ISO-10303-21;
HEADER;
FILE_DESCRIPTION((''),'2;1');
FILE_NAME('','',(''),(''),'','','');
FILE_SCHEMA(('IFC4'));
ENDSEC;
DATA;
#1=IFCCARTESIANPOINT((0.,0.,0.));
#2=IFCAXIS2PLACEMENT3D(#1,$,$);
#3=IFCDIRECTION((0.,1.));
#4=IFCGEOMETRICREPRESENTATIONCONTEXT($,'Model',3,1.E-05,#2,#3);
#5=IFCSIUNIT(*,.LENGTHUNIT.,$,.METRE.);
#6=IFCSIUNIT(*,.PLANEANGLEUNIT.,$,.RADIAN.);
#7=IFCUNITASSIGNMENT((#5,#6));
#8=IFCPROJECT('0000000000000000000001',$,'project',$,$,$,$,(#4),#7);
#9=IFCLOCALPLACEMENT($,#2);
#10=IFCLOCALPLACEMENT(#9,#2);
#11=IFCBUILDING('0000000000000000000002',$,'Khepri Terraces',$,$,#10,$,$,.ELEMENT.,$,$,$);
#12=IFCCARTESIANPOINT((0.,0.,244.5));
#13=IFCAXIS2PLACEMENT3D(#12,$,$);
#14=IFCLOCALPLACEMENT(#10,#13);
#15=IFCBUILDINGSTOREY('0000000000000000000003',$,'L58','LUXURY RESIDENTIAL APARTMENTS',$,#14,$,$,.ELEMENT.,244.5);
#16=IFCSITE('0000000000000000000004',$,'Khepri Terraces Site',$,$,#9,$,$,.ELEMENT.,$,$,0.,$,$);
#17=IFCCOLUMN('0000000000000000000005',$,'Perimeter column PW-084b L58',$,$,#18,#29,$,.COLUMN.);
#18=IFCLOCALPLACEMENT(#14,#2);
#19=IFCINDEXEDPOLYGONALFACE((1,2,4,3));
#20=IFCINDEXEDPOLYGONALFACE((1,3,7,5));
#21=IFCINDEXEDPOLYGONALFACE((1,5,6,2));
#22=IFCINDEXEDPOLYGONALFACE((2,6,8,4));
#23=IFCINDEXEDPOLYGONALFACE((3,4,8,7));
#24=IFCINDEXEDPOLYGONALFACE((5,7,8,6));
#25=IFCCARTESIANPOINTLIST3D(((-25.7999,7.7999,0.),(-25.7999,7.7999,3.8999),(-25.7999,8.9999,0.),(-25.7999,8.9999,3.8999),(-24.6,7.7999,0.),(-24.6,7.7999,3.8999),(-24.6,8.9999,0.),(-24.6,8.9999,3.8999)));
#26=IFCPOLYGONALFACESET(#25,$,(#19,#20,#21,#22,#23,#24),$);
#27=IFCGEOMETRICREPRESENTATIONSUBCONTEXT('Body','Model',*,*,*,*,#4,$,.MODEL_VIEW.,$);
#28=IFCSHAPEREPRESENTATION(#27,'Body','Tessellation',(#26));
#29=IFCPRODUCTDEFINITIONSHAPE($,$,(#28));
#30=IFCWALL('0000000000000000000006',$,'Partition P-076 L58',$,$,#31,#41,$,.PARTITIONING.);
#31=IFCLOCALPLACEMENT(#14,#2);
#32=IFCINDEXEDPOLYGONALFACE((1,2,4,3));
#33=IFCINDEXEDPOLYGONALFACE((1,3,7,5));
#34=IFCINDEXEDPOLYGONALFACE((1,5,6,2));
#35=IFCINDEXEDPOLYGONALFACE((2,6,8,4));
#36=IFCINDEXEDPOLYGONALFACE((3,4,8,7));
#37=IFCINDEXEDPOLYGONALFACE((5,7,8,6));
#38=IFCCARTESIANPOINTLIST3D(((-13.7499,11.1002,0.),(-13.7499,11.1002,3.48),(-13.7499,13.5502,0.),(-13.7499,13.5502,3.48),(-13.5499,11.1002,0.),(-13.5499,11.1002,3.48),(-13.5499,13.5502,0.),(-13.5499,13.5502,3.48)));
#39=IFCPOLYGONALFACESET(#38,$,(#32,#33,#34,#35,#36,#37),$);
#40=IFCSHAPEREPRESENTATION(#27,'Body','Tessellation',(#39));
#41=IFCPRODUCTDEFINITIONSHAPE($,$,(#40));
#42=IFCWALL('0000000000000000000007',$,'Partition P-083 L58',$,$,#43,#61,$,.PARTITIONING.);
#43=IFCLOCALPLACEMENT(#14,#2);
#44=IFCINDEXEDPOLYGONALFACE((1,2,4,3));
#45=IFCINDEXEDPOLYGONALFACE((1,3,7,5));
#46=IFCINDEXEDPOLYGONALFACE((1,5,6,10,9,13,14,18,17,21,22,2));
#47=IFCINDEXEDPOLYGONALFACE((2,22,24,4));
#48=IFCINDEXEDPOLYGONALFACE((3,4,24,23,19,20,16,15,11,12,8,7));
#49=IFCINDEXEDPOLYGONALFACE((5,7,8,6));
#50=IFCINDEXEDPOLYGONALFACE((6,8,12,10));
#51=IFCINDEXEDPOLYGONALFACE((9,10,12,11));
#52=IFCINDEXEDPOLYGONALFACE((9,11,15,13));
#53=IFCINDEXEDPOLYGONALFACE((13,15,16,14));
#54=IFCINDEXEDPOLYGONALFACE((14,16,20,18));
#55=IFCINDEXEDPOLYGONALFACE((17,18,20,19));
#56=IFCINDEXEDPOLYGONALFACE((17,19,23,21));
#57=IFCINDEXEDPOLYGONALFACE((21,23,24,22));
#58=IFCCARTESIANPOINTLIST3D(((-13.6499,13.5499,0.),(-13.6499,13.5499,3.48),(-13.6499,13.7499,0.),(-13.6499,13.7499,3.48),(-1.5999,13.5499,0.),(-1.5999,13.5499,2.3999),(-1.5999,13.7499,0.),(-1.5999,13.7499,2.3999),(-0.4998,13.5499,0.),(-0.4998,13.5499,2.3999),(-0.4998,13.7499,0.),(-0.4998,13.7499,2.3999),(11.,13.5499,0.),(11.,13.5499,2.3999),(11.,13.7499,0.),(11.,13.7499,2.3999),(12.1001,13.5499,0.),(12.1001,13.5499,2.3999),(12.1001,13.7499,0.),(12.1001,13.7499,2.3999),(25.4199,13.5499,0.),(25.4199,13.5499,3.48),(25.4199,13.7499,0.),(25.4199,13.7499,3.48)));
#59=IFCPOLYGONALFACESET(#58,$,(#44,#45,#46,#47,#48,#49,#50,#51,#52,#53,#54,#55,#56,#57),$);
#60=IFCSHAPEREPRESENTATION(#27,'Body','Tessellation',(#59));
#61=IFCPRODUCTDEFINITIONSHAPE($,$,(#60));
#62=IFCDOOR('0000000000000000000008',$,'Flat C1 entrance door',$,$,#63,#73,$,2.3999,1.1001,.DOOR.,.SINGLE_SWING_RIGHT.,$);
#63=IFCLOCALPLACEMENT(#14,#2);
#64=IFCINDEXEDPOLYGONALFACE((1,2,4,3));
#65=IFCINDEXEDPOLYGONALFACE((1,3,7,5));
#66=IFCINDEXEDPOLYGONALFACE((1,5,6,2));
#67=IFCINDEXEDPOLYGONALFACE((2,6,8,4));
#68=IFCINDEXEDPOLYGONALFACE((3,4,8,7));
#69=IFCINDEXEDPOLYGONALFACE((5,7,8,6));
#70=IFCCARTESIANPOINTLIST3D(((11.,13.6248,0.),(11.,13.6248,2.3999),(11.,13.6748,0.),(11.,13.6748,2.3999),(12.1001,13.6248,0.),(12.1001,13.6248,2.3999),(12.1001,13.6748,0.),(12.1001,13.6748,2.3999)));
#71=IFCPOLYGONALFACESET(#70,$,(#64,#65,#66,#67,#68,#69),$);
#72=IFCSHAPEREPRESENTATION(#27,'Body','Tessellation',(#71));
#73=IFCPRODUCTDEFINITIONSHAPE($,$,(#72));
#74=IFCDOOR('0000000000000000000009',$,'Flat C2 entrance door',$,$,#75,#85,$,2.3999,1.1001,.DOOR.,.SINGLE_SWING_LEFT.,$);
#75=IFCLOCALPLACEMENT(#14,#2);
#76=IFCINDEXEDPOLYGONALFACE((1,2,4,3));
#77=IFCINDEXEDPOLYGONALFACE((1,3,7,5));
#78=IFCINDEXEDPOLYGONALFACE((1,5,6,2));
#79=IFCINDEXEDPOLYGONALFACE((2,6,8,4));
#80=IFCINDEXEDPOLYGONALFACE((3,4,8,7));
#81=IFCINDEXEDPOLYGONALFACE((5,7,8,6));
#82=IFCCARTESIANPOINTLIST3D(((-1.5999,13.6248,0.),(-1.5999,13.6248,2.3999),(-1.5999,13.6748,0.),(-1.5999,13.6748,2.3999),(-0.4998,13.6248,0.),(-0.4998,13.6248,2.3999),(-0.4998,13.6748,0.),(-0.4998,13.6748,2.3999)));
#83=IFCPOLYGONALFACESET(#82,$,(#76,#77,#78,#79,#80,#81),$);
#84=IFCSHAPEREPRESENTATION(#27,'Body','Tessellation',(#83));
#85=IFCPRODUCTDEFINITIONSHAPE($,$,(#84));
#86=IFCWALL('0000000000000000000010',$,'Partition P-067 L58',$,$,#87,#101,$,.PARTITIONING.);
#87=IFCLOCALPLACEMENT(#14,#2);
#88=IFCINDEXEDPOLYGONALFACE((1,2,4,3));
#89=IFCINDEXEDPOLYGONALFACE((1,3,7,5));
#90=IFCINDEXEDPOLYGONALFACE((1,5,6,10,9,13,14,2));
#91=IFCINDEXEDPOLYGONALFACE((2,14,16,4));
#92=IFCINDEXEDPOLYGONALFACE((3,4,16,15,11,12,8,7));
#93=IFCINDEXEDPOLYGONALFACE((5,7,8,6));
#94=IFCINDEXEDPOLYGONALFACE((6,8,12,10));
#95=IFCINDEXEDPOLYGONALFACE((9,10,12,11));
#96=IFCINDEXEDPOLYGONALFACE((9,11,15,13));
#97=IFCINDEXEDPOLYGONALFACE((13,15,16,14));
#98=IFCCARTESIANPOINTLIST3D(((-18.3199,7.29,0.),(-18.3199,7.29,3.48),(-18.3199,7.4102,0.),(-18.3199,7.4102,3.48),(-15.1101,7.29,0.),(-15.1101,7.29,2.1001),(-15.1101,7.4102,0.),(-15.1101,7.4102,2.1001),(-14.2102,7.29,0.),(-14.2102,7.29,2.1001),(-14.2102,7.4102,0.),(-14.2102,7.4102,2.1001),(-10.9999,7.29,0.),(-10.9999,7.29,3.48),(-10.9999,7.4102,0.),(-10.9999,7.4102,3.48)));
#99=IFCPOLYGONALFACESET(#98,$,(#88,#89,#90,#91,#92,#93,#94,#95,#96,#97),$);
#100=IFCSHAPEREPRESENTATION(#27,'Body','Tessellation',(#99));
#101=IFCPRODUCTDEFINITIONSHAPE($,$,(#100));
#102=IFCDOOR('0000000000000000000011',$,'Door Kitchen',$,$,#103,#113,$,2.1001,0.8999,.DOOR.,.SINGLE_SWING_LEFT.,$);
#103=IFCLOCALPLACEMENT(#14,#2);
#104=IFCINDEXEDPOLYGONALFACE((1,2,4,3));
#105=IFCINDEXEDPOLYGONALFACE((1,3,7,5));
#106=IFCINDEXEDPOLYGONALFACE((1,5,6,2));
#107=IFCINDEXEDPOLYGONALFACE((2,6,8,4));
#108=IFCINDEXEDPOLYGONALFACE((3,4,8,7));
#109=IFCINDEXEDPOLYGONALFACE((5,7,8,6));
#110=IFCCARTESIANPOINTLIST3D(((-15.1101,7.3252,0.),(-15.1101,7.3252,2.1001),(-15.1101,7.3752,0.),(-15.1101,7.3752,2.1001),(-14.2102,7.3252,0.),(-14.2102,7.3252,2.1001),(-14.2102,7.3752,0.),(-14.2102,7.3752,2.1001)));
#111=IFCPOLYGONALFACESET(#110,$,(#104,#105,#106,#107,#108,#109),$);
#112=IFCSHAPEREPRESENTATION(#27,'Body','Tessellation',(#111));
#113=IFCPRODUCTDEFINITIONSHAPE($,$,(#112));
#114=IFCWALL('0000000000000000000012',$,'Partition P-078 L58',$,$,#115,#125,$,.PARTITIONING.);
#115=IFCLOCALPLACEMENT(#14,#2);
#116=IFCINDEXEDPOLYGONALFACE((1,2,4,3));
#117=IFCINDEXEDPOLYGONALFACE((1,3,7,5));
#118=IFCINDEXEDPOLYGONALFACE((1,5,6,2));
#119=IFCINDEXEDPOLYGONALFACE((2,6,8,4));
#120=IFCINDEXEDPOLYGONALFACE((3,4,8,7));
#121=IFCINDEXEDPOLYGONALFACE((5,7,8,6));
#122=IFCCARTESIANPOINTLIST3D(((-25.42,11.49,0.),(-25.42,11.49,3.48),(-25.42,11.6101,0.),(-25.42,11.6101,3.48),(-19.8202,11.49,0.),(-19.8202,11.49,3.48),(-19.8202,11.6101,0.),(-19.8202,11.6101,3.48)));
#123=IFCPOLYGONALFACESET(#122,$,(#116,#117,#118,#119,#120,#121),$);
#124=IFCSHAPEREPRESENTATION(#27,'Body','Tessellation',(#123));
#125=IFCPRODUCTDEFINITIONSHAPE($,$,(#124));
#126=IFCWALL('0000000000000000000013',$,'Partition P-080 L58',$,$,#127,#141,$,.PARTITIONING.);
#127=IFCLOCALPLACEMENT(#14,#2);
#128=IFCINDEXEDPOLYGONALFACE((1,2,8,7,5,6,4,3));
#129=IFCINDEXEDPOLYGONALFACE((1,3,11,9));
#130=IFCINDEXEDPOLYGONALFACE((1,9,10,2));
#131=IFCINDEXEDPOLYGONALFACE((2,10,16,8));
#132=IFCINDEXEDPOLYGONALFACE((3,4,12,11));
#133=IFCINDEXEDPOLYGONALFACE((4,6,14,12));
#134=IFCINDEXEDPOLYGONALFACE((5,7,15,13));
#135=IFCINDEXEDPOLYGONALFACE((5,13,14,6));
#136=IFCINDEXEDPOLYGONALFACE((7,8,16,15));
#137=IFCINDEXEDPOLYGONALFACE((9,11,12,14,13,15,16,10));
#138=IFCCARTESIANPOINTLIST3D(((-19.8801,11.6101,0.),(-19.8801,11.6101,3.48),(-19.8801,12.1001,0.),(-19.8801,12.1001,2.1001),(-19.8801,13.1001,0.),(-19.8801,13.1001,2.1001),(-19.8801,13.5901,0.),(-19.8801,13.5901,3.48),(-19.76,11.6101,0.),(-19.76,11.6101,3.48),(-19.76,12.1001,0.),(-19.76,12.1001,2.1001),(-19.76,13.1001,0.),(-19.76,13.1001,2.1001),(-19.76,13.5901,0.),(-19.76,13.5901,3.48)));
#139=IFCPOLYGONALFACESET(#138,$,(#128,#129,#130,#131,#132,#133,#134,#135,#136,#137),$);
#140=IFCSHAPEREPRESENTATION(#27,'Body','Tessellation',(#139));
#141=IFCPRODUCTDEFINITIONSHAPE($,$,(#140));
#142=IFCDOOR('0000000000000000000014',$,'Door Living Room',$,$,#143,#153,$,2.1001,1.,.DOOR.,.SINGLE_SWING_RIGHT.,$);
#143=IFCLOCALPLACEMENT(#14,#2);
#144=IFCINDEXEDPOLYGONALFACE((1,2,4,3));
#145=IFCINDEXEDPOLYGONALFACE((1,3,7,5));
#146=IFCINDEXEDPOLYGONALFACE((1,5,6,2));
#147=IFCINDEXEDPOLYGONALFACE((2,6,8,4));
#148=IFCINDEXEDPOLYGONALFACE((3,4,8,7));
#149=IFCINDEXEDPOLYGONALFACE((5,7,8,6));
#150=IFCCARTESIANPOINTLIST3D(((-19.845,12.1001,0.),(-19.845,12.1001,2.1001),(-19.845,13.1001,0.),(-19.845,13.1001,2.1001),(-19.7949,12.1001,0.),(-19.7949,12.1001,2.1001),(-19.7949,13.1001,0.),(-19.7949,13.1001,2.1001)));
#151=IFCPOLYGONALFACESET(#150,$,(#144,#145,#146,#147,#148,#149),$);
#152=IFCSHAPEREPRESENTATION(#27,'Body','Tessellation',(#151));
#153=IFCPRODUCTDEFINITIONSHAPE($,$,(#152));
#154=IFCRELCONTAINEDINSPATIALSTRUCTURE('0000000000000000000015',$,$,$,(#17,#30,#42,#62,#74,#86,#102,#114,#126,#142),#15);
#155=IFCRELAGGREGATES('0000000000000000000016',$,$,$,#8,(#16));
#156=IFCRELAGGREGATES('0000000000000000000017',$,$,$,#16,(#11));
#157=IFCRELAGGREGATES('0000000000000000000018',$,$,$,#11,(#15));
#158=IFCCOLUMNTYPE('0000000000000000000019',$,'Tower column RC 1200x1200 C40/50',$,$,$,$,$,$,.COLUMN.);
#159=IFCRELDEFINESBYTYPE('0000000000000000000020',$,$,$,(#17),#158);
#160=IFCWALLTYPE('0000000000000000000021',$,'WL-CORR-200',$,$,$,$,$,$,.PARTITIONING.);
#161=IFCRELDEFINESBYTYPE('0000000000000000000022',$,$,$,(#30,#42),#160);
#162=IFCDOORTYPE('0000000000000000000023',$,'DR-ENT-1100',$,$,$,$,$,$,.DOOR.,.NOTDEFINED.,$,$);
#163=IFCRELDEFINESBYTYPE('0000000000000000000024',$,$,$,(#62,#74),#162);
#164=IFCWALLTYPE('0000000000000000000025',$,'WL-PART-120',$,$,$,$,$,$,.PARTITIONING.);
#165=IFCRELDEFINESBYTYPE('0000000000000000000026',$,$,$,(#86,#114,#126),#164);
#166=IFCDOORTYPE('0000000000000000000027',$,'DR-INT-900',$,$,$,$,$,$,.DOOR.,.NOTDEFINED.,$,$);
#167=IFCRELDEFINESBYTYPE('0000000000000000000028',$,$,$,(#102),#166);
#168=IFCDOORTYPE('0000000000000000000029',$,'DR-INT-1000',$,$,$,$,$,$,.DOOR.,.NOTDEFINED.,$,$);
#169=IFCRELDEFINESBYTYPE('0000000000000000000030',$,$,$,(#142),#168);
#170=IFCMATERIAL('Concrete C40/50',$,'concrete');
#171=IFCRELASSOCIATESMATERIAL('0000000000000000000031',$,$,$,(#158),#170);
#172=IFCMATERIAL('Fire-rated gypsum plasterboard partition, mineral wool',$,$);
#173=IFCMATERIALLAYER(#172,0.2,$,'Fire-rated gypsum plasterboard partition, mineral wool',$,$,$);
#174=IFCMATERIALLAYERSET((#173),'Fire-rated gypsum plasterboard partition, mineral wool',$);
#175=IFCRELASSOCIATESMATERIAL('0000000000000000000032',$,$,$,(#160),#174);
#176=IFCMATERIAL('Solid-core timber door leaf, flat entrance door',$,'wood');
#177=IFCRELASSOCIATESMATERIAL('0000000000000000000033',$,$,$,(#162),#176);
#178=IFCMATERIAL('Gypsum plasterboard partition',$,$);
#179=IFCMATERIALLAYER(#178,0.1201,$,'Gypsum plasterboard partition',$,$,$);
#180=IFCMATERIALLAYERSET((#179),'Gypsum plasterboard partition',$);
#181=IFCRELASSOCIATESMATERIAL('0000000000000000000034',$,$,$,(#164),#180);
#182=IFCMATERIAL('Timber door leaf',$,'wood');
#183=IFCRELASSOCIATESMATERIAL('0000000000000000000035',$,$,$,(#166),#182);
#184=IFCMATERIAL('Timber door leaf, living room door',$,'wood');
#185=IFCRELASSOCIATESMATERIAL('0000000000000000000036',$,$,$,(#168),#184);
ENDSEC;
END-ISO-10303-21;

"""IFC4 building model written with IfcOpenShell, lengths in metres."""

from ifc_helpers import new_model, si_unit, direction, frame, frame_2d, origin, origin_2d, place, context, subcontext, project, spatial, rectangle, extrude, material, layer, layer_set, material_profile, profile_set, type_object, element, fill, save


model = new_model("IFC4")

# Units and contexts
model_context = context("Model", 3, precision=1e-05, world=origin(), true_north=direction((0.0, 1.0)))
body_context = subcontext(model_context, "Body", "Model", "MODEL_VIEW")
ifc_project = project(units=[si_unit("LENGTHUNIT", "METRE"), si_unit("PLANEANGLEUNIT", "RADIAN")], contexts=[model_context])

# Site, building, storey
site_placement = place(None, origin())
site = spatial("IfcSite", under=ifc_project, at=site_placement, Name="Khepri Terraces Site", CompositionType="ELEMENT", RefElevation=0.0)
building_placement = place(site_placement, origin())
building = spatial("IfcBuilding", under=site, at=building_placement, Name="Khepri Terraces", CompositionType="ELEMENT")
storey_placement = place(building_placement, frame((0.0, 0.0, 244.5)))
storey = spatial("IfcBuildingStorey", under=building, at=storey_placement, Name="L58", Description="LUXURY RESIDENTIAL APARTMENTS", CompositionType="ELEMENT", Elevation=244.5)

# Column
ifc_material_1 = material(Name="Concrete C40/50", Category="concrete")
ifc_material_profile = material_profile(ifc_material_1, rectangle(XDim=1.2, YDim=1.2, at=origin_2d()), Name="Concrete C40/50", Category="concrete")
ifc_profile_set = profile_set([ifc_material_profile], Name="Concrete C40/50")
column_type = type_object("IfcColumnType", Name="Tower column RC 1200x1200 C40/50", PredefinedType="COLUMN", material=ifc_profile_set)
column_placement = place(storey_placement, frame((-25.2, 8.3999, 0.0), z_axis=(0.0, 0.0, 1.0), x_axis=(1.0, 0.0, 0.0)))
element("IfcColumn", 1, at=column_placement, inside=storey, type_object=column_type, Name="Perimeter column PW-084b L58", PredefinedType="COLUMN", context=body_context, shape_type="SweptSolid", body=[
    extrude(rectangle(XDim=1.2, YDim=1.2, at=origin_2d()), origin(), (0.0, 0.0, 1.0), 3.8999),
])

# Shared definitions
ifc_material_2 = material(Name="Fire-rated gypsum plasterboard partition, mineral wool")
ifc_layer_1 = layer(ifc_material_2, 0.2, Name="Fire-rated gypsum plasterboard partition, mineral wool")
ifc_layer_set_1 = layer_set([ifc_layer_1], Name="Fire-rated gypsum plasterboard partition, mineral wool")
wall_type_1 = type_object("IfcWallType", Name="WL-CORR-200", PredefinedType="PARTITIONING", material=ifc_layer_set_1)
ifc_material_3 = material(Name="Solid-core timber door leaf, flat entrance door", Category="wood")
door_type_1 = type_object("IfcDoorType", Name="DR-ENT-1100", OperationType="NOTDEFINED", PredefinedType="DOOR", material=ifc_material_3)

# Wall
wall_1_placement = place(storey_placement, frame((-13.6499, 11.1001, 0.0), z_axis=(0.0, 0.0, 1.0), x_axis=(0.0, 1.0, 0.0)))
element("IfcWall", 2, at=wall_1_placement, inside=storey, type_object=wall_type_1, Name="Partition P-076 L58", PredefinedType="PARTITIONING", context=body_context, shape_type="SweptSolid", body=[
    extrude(rectangle(XDim=2.45, YDim=0.2, at=frame_2d((1.2251, 0.0))), origin(), (0.0, 0.0, 1.0), 3.48),
])

# Wall, openings, doors
wall_2_placement = place(storey_placement, frame((-13.6499, 13.6499, 0.0), z_axis=(0.0, 0.0, 1.0), x_axis=(1.0, 0.0, 0.0)))
wall_2 = element("IfcWall", 3, at=wall_2_placement, inside=storey, type_object=wall_type_1, Name="Partition P-083 L58", PredefinedType="PARTITIONING", context=body_context, shape_type="SweptSolid", body=[
    extrude(rectangle(XDim=39.0698, YDim=0.2, at=frame_2d((19.5349, 0.0))), origin(), (0.0, 0.0, 1.0), 3.48),
])
opening_1_placement = place(wall_2_placement, frame((24.6499, 0.0, 0.0)))
opening_1 = element("IfcOpeningElement", 4, at=opening_1_placement, cuts=wall_2, PredefinedType="OPENING", context=body_context, shape_type="SweptSolid", body=[
    extrude(rectangle(XDim=1.1001, YDim=2.3999, at=frame_2d((0.55, 1.2))), frame((0.0, 0.1099, 0.0), z_axis=(0.0, -1.0, 0.0), x_axis=(1.0, 0.0, 0.0)), (0.0, 0.0, 1.0), 0.22),
])
opening_2_placement = place(wall_2_placement, frame((12.05, 0.0, 0.0)))
opening_2 = element("IfcOpeningElement", 5, at=opening_2_placement, cuts=wall_2, PredefinedType="OPENING", context=body_context, shape_type="SweptSolid", body=[
    extrude(rectangle(XDim=1.1001, YDim=2.3999, at=frame_2d((0.55, 1.2))), frame((0.0, 0.1099, 0.0), z_axis=(0.0, -1.0, 0.0), x_axis=(1.0, 0.0, 0.0)), (0.0, 0.0, 1.0), 0.22),
])
door_1_placement = place(opening_1_placement, origin())
door_1 = element("IfcDoor", 6, at=door_1_placement, inside=storey, type_object=door_type_1, Name="Flat C1 entrance door", OperationType="SINGLE_SWING_RIGHT", OverallHeight=2.3999, OverallWidth=1.1001, PredefinedType="DOOR", context=body_context, shape_type="SweptSolid", body=[
    extrude(rectangle(XDim=1.1001, YDim=2.3999, at=frame_2d((0.55, 1.2))), frame((0.0, 0.0249, 0.0), z_axis=(0.0, -1.0, 0.0), x_axis=(1.0, 0.0, 0.0)), (0.0, 0.0, 1.0), 0.05),
])
fill(opening_1, door_1)
door_2_placement = place(opening_2_placement, origin())
door_2 = element("IfcDoor", 7, at=door_2_placement, inside=storey, type_object=door_type_1, Name="Flat C2 entrance door", OperationType="SINGLE_SWING_LEFT", OverallHeight=2.3999, OverallWidth=1.1001, PredefinedType="DOOR", context=body_context, shape_type="SweptSolid", body=[
    extrude(rectangle(XDim=1.1001, YDim=2.3999, at=frame_2d((0.55, 1.2))), frame((0.0, 0.0249, 0.0), z_axis=(0.0, -1.0, 0.0), x_axis=(1.0, 0.0, 0.0)), (0.0, 0.0, 1.0), 0.05),
])
fill(opening_2, door_2)

# Wall, opening, door
ifc_material_4 = material(Name="Gypsum plasterboard partition")
ifc_layer_2 = layer(ifc_material_4, 0.1201, Name="Gypsum plasterboard partition")
ifc_layer_set_2 = layer_set([ifc_layer_2], Name="Gypsum plasterboard partition")
wall_type_2 = type_object("IfcWallType", Name="WL-PART-120", PredefinedType="PARTITIONING", material=ifc_layer_set_2)
wall_3_placement = place(storey_placement, frame((-18.3201, 7.3501, 0.0), z_axis=(0.0, 0.0, 1.0), x_axis=(1.0, 0.0, 0.0)))
wall_3 = element("IfcWall", 8, at=wall_3_placement, inside=storey, type_object=wall_type_2, Name="Partition P-067 L58", PredefinedType="PARTITIONING", context=body_context, shape_type="SweptSolid", body=[
    extrude(rectangle(XDim=7.3201, YDim=0.1201, at=frame_2d((3.6602, 0.0))), origin(), (0.0, 0.0, 1.0), 3.48),
])
opening_3_placement = place(wall_3_placement, frame((3.21, 0.0, 0.0)))
opening_3 = element("IfcOpeningElement", 9, at=opening_3_placement, cuts=wall_3, PredefinedType="OPENING", context=body_context, shape_type="SweptSolid", body=[
    extrude(rectangle(XDim=0.8999, YDim=2.1001, at=frame_2d((0.45, 1.05))), frame((0.0, 0.0701, 0.0), z_axis=(0.0, -1.0, 0.0), x_axis=(1.0, 0.0, 0.0)), (0.0, 0.0, 1.0), 0.1401),
])
ifc_material_5 = material(Name="Timber door leaf", Category="wood")
door_type_2 = type_object("IfcDoorType", Name="DR-INT-900", OperationType="NOTDEFINED", PredefinedType="DOOR", material=ifc_material_5)
door_3_placement = place(opening_3_placement, frame((0.8999, 0.0, 0.0), z_axis=(0.0, 0.0, 1.0), x_axis=(-1.0, 0.0, 0.0)))
door_3 = element("IfcDoor", 10, at=door_3_placement, inside=storey, type_object=door_type_2, Name="Door Kitchen", OperationType="SINGLE_SWING_LEFT", OverallHeight=2.1001, OverallWidth=0.8999, PredefinedType="DOOR", context=body_context, shape_type="SweptSolid", body=[
    extrude(rectangle(XDim=0.8999, YDim=2.1001, at=frame_2d((0.45, 1.05))), frame((0.0, 0.0249, 0.0), z_axis=(0.0, -1.0, 0.0), x_axis=(1.0, 0.0, 0.0)), (0.0, 0.0, 1.0), 0.05),
])
fill(opening_3, door_3)

# Wall
wall_4_placement = place(storey_placement, frame((-25.4199, 11.55, 0.0), z_axis=(0.0, 0.0, 1.0), x_axis=(1.0, 0.0, 0.0)))
element("IfcWall", 11, at=wall_4_placement, inside=storey, type_object=wall_type_2, Name="Partition P-078 L58", PredefinedType="PARTITIONING", context=body_context, shape_type="SweptSolid", body=[
    extrude(rectangle(XDim=5.5999, YDim=0.1201, at=frame_2d((2.7998, 0.0))), origin(), (0.0, 0.0, 1.0), 3.48),
])

# Wall, opening, door
wall_5_placement = place(storey_placement, frame((-19.8201, 11.6101, 0.0), z_axis=(0.0, 0.0, 1.0), x_axis=(0.0, 1.0, 0.0)))
wall_5 = element("IfcWall", 12, at=wall_5_placement, inside=storey, type_object=wall_type_2, Name="Partition P-080 L58", PredefinedType="PARTITIONING", context=body_context, shape_type="SweptSolid", body=[
    extrude(rectangle(XDim=1.98, YDim=0.1201, at=frame_2d((0.99, 0.0))), origin(), (0.0, 0.0, 1.0), 3.48),
])
opening_4_placement = place(wall_5_placement, frame((0.49, 0.0, 0.0)))
opening_4 = element("IfcOpeningElement", 13, at=opening_4_placement, cuts=wall_5, PredefinedType="OPENING", context=body_context, shape_type="SweptSolid", body=[
    extrude(rectangle(XDim=1.0, YDim=2.1001, at=frame_2d((0.5, 1.05))), frame((0.0, 0.0701, 0.0), z_axis=(0.0, -1.0, 0.0), x_axis=(1.0, 0.0, 0.0)), (0.0, 0.0, 1.0), 0.1401),
])
ifc_material_6 = material(Name="Timber door leaf, living room door", Category="wood")
door_type_3 = type_object("IfcDoorType", Name="DR-INT-1000", OperationType="NOTDEFINED", PredefinedType="DOOR", material=ifc_material_6)
door_4_placement = place(opening_4_placement, origin())
door_4 = element("IfcDoor", 14, at=door_4_placement, inside=storey, type_object=door_type_3, Name="Door Living Room", OperationType="SINGLE_SWING_RIGHT", OverallHeight=2.1001, OverallWidth=1.0, PredefinedType="DOOR", context=body_context, shape_type="SweptSolid", body=[
    extrude(rectangle(XDim=1.0, YDim=2.1001, at=frame_2d((0.5, 1.05))), frame((0.0, 0.0249, 0.0), z_axis=(0.0, -1.0, 0.0), x_axis=(1.0, 0.0, 0.0)), (0.0, 0.0, 1.0), 0.05),
])
fill(opening_4, door_4)

save(model, "model.ifc")
